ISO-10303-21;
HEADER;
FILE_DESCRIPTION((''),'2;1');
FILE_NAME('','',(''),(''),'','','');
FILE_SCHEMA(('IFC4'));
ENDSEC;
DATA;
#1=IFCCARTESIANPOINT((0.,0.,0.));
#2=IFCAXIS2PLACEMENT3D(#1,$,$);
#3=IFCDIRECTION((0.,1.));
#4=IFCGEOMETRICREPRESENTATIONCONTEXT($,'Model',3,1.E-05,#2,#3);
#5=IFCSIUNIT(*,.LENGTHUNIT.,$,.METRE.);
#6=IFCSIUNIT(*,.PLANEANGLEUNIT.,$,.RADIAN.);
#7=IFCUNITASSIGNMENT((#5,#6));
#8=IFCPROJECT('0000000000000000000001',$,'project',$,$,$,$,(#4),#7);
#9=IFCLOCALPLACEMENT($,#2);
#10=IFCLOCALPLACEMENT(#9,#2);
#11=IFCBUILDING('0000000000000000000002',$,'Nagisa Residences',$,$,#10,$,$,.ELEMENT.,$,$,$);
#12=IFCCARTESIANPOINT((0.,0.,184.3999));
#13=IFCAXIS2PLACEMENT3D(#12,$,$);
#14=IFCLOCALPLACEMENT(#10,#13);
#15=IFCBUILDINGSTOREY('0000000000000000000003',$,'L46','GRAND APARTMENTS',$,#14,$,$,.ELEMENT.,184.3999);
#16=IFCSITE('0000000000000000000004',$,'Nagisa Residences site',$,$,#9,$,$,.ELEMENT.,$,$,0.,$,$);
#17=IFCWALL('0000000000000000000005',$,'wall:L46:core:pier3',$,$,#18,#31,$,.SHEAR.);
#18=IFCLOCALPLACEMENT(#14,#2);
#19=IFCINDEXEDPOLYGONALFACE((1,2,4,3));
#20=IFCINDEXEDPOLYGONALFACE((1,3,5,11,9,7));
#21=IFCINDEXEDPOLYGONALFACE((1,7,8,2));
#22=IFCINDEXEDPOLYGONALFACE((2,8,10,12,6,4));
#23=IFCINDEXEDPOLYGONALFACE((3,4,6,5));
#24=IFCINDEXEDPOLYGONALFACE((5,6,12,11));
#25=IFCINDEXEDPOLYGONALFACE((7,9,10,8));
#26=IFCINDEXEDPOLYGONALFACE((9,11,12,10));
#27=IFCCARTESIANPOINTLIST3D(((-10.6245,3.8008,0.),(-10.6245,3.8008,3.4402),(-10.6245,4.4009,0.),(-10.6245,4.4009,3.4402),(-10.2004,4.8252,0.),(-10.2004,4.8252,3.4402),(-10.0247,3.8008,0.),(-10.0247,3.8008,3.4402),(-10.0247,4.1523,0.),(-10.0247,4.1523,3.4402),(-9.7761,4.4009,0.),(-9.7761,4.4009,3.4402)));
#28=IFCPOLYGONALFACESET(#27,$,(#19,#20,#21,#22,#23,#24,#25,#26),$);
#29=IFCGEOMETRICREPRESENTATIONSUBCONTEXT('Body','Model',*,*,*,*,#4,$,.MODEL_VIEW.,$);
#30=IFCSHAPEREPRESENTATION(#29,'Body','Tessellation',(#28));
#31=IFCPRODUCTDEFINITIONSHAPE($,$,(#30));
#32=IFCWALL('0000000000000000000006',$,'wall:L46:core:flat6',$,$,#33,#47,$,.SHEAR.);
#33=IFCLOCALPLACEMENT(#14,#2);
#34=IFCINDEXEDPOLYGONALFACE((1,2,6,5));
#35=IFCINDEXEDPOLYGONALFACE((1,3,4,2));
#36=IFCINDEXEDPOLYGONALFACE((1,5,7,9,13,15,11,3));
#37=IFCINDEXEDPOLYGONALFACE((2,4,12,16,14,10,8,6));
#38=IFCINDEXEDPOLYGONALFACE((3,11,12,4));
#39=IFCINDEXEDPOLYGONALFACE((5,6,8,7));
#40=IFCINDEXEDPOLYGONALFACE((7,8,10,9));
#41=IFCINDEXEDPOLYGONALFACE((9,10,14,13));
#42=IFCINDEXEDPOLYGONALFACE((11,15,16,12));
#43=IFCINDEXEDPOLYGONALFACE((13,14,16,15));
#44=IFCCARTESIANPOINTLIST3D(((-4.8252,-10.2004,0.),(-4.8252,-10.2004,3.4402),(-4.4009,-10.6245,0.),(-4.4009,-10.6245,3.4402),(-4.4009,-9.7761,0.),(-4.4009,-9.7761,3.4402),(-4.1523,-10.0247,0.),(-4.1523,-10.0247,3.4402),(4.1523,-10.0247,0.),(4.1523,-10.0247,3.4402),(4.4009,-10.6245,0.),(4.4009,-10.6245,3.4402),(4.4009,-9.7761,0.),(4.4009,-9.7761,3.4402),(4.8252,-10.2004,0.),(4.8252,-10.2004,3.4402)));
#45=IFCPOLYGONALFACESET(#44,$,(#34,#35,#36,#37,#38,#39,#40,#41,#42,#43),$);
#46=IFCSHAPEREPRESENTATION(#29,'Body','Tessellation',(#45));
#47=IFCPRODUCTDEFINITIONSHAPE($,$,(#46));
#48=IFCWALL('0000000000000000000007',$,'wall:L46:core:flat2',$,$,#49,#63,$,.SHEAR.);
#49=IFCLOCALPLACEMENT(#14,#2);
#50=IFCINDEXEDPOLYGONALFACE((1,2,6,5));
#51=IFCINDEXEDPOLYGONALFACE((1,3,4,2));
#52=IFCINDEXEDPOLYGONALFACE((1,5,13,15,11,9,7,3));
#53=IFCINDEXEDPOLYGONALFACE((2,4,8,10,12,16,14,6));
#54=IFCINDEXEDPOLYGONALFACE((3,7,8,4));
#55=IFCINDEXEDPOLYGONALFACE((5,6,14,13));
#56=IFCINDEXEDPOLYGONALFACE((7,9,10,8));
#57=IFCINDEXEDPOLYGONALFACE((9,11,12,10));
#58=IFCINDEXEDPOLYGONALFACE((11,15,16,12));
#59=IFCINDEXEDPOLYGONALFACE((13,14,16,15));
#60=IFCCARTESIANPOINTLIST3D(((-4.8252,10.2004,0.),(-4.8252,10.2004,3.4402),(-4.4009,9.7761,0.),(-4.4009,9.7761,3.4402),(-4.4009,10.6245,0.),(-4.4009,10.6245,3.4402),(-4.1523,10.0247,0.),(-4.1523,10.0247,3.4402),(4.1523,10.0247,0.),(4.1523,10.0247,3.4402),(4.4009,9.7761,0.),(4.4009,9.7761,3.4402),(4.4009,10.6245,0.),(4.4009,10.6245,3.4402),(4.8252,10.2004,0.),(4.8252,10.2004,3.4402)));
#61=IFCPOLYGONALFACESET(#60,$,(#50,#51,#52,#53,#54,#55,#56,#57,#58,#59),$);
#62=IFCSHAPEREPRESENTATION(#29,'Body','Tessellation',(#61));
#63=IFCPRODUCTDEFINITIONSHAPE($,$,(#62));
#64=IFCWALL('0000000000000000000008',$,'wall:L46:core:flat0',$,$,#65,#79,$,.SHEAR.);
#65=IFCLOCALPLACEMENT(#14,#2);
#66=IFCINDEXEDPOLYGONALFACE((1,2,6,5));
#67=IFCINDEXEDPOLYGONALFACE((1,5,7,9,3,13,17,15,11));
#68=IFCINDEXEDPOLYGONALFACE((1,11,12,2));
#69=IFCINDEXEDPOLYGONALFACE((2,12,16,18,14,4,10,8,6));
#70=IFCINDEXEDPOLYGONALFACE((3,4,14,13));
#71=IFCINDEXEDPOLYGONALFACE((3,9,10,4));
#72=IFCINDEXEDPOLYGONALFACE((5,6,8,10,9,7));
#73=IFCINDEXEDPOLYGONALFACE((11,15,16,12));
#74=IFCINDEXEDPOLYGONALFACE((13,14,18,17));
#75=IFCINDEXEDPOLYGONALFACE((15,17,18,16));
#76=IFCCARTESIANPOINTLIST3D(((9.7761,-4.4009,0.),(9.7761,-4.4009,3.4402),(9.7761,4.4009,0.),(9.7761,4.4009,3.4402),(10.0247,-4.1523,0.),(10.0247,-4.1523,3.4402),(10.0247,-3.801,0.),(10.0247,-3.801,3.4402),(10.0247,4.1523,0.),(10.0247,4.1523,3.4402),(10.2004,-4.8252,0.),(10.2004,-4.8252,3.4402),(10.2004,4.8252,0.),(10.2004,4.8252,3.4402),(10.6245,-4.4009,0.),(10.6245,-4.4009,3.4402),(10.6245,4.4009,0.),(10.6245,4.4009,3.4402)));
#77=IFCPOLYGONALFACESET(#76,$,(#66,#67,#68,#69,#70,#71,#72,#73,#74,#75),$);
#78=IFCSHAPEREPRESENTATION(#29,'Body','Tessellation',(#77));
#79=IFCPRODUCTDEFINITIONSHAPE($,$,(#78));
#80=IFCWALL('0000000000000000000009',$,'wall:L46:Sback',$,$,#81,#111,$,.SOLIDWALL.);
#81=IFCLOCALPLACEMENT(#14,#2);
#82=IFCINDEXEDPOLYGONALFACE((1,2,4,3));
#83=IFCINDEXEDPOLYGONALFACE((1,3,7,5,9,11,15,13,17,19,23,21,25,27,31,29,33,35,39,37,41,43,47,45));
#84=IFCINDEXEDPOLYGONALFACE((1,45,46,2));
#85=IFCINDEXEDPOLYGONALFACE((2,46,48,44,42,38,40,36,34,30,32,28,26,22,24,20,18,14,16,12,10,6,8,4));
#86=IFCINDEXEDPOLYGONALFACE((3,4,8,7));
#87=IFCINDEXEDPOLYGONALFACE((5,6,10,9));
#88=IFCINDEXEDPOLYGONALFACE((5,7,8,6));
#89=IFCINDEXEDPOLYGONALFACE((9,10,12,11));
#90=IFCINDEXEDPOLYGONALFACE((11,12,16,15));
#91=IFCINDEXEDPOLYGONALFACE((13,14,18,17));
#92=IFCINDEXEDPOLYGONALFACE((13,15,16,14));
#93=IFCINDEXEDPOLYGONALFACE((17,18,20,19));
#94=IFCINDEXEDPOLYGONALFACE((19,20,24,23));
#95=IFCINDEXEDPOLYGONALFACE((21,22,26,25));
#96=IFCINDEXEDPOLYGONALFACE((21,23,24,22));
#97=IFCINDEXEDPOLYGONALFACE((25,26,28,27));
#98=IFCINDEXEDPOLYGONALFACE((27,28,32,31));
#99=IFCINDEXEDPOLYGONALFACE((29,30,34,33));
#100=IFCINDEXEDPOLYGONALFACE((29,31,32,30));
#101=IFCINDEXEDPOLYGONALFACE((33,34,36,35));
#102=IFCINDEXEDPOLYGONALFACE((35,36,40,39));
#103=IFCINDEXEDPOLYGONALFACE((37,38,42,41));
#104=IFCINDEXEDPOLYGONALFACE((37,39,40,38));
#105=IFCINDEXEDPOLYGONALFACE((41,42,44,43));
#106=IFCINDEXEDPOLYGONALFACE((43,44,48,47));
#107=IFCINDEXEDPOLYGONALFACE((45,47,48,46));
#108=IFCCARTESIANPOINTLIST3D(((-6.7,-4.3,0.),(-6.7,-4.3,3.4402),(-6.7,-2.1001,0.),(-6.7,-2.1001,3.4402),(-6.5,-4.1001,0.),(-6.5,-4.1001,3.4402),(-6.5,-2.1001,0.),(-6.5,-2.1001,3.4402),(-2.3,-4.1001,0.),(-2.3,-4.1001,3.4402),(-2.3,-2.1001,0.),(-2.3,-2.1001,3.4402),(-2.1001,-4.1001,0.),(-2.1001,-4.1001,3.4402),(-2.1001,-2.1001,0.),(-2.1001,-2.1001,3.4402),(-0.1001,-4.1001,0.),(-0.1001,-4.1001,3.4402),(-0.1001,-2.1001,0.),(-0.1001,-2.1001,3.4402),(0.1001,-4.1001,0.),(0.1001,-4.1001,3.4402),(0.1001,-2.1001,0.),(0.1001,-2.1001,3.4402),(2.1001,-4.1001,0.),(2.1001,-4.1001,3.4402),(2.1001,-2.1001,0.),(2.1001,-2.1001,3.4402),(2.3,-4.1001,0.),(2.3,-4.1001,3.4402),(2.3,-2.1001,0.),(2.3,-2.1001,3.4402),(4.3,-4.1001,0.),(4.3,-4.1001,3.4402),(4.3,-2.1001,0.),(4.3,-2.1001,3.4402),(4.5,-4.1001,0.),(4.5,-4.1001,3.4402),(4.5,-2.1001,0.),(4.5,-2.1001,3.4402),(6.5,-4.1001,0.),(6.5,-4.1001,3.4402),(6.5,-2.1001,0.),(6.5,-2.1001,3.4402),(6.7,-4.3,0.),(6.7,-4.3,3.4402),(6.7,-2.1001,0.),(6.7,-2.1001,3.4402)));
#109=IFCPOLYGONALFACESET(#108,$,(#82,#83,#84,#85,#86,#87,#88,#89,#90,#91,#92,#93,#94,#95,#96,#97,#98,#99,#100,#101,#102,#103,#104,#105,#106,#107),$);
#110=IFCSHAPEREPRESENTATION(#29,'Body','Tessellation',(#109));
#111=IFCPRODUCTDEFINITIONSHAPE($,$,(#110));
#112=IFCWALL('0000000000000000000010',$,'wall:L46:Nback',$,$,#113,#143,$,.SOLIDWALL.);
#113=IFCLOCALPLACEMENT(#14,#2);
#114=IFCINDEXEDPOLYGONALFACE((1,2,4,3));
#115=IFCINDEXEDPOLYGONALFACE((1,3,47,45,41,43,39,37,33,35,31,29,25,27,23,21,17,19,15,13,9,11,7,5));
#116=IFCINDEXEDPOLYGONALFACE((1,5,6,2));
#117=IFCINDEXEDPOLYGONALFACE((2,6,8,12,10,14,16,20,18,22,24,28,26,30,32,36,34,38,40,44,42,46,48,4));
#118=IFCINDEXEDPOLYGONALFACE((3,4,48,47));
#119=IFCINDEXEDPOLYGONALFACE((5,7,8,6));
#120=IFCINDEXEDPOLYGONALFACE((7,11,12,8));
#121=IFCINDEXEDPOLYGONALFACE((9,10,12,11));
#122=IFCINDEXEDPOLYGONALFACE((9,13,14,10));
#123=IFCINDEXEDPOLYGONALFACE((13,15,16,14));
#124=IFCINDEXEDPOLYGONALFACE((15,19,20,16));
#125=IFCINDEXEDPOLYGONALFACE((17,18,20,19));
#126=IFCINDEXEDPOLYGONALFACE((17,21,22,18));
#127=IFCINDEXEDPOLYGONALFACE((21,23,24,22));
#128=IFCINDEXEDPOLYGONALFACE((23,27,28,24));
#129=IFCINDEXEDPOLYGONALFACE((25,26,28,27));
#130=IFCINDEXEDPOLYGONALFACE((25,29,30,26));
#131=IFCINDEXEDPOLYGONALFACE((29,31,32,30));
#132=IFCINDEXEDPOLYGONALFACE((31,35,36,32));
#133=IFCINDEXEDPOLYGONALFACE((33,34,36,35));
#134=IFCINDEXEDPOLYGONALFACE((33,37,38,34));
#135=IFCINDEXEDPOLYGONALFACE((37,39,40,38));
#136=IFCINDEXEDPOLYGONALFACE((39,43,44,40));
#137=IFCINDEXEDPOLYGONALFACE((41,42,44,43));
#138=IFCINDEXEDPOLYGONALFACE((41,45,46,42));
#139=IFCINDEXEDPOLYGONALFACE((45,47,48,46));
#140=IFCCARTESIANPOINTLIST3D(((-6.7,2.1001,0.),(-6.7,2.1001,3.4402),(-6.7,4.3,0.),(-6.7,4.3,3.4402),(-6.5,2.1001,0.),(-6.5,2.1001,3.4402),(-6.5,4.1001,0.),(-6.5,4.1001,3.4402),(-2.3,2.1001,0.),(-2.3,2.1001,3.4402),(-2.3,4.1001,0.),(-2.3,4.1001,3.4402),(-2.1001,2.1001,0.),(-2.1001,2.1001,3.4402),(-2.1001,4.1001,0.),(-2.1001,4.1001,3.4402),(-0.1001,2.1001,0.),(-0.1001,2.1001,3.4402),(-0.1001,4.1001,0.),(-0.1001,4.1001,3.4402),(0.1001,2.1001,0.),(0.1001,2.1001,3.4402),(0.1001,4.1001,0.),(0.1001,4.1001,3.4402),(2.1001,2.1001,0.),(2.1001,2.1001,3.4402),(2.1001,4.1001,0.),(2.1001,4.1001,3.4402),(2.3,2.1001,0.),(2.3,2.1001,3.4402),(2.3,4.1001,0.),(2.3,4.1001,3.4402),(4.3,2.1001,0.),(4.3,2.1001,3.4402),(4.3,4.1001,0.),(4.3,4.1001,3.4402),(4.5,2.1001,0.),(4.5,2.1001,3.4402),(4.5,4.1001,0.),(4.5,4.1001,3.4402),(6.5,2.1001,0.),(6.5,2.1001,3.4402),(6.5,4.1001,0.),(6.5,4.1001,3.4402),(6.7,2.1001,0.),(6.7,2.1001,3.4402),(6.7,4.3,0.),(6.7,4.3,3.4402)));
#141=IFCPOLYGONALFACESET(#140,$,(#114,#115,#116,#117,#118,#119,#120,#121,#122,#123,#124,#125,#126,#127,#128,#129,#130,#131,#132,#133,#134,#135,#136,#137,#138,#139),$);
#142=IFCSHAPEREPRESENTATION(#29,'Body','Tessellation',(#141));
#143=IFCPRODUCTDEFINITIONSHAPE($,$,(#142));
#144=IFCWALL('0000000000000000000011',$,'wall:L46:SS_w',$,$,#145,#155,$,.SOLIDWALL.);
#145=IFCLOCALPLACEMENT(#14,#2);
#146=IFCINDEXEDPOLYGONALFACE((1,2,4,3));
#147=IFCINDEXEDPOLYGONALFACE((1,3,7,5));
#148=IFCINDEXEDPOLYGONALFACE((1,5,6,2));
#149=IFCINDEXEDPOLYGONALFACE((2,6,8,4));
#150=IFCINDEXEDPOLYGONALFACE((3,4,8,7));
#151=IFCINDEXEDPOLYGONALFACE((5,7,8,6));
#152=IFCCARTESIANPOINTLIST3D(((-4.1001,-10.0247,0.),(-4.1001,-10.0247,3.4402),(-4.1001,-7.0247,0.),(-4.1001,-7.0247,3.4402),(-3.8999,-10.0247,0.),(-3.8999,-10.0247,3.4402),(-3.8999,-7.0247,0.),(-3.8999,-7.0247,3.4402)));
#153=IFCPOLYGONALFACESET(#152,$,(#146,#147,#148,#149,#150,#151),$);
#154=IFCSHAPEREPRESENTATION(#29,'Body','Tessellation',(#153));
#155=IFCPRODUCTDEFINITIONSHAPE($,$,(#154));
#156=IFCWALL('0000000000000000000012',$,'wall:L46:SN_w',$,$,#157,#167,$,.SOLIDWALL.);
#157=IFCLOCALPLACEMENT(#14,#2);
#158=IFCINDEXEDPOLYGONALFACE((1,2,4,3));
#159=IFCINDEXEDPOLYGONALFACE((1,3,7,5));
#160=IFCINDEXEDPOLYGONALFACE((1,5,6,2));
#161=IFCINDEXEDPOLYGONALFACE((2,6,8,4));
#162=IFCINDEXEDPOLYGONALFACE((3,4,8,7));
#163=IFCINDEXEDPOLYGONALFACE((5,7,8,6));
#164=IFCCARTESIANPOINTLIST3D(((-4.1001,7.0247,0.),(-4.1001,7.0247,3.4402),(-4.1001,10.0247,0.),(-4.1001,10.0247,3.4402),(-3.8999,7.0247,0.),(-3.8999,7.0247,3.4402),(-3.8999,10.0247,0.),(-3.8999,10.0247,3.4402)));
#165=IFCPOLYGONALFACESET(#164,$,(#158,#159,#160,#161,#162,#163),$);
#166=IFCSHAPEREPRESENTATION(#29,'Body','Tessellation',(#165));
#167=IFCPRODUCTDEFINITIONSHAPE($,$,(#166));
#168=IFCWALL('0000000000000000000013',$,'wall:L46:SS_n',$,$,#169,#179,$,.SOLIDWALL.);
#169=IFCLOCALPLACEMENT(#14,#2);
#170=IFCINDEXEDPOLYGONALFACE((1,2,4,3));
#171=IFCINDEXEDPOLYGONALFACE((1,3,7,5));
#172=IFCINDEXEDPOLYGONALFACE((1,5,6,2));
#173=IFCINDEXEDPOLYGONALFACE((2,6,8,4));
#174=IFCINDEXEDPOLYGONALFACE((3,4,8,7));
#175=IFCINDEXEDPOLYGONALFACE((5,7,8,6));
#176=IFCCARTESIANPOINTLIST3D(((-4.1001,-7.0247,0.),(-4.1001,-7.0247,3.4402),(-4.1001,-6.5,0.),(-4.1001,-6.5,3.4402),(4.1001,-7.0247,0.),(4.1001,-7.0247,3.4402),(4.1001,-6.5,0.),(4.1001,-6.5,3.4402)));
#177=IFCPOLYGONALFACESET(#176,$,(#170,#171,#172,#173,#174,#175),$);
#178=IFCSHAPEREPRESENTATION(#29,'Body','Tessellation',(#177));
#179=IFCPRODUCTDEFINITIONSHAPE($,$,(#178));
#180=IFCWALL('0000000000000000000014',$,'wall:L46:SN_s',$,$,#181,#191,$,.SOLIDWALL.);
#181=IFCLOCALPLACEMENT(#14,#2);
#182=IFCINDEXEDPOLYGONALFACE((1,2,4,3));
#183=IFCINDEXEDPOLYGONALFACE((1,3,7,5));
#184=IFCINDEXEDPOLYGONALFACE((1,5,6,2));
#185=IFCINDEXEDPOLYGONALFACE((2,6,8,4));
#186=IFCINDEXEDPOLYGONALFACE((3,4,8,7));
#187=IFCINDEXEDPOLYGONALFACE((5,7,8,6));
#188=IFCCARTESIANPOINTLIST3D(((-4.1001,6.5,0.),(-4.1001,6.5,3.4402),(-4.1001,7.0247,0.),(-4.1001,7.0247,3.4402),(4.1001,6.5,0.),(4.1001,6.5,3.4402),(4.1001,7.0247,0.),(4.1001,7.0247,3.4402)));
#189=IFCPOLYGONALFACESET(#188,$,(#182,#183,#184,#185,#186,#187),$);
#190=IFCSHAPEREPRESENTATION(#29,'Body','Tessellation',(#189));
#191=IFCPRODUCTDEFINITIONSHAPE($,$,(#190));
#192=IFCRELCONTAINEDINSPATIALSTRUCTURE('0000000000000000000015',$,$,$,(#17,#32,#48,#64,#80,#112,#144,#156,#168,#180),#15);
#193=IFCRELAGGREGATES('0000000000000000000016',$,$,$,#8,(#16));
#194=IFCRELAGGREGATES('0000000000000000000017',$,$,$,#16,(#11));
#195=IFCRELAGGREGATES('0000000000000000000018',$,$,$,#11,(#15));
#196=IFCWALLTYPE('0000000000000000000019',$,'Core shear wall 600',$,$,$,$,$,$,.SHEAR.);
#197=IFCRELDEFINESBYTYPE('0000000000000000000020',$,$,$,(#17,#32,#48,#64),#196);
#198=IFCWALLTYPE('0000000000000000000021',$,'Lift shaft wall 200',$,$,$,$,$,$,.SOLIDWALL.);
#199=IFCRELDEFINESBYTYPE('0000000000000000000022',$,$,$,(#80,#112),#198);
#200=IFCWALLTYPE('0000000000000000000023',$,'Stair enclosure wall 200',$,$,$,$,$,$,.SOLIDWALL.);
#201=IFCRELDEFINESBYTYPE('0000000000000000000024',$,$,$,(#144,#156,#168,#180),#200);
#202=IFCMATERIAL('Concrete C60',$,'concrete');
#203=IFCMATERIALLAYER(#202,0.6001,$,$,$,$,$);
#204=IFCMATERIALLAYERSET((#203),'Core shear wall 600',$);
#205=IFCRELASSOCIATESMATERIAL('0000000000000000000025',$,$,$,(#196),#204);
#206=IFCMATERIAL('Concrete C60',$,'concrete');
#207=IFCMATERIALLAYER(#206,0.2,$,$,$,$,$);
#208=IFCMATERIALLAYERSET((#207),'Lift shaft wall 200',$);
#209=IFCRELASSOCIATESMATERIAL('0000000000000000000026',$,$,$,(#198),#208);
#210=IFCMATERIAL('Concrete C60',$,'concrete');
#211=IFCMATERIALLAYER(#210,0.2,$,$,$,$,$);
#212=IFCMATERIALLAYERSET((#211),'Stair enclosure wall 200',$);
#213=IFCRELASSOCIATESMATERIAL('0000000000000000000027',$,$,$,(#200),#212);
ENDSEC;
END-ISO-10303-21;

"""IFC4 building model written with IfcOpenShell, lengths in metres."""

from ifc_helpers import new_model, si_unit, direction, frame, origin, place, context, subcontext, project, spatial, polyline, outline, extrude, material, layer, layer_set, type_object, element, save


model = new_model("IFC4")

# Units and contexts
model_context = context("Model", 3, precision=1e-05, world=origin(), true_north=direction((0.0, 1.0)))
body_context = subcontext(model_context, "Body", "Model", "MODEL_VIEW")
ifc_project = project(units=[si_unit("LENGTHUNIT", "METRE"), si_unit("PLANEANGLEUNIT", "RADIAN")], contexts=[model_context])

# Site, building, storey
site_placement = place(None, origin())
site = spatial("IfcSite", under=ifc_project, at=site_placement, Name="Nagisa Residences site", CompositionType="ELEMENT", RefElevation=0.0)
building_placement = place(site_placement, origin())
building = spatial("IfcBuilding", under=site, at=building_placement, Name="Nagisa Residences", CompositionType="ELEMENT")
storey_placement = place(building_placement, frame((0.0, 0.0, 184.3999)))
storey = spatial("IfcBuildingStorey", under=building, at=storey_placement, Name="L46", Description="GRAND APARTMENTS", CompositionType="ELEMENT", Elevation=184.3999)

# Walls
ifc_material_1 = material(Name="Concrete C60", Category="concrete")
ifc_layer_1 = layer(ifc_material_1, 0.6001)
ifc_layer_set_1 = layer_set([ifc_layer_1], Name="Core shear wall 600")
wall_type_1 = type_object("IfcWallType", Name="Core shear wall 600", PredefinedType="SHEAR", material=ifc_layer_set_1)
wall_1_placement = place(storey_placement, origin())
element("IfcWall", 1, at=wall_1_placement, inside=storey, type_object=wall_type_1, Name="wall:L46:core:pier3", PredefinedType="SHEAR", context=body_context, shape_type="SweptSolid", body=[
    extrude(outline(polyline([(-10.2004, 4.8252), (-9.7761, 4.4009), (-10.0247, 4.1523), (-10.0247, 3.8008), (-10.6245, 3.8008), (-10.6245, 4.4009), (-10.2004, 4.8252)])), origin(), (0.0, 0.0, 1.0), 3.4402),
])
wall_2_placement = place(storey_placement, origin())
element("IfcWall", 2, at=wall_2_placement, inside=storey, type_object=wall_type_1, Name="wall:L46:core:flat6", PredefinedType="SHEAR", context=body_context, shape_type="SweptSolid", body=[
    extrude(outline(polyline([(-4.1523, -10.0247), (4.1523, -10.0247), (4.4009, -9.7761), (4.8252, -10.2004), (4.4009, -10.6245), (-4.4009, -10.6245), (-4.8252, -10.2004), (-4.4009, -9.7761), (-4.1523, -10.0247)])), origin(), (0.0, 0.0, 1.0), 3.4402),
])
wall_3_placement = place(storey_placement, origin())
element("IfcWall", 3, at=wall_3_placement, inside=storey, type_object=wall_type_1, Name="wall:L46:core:flat2", PredefinedType="SHEAR", context=body_context, shape_type="SweptSolid", body=[
    extrude(outline(polyline([(-4.1523, 10.0247), (-4.4009, 9.7761), (-4.8252, 10.2004), (-4.4009, 10.6245), (4.4009, 10.6245), (4.8252, 10.2004), (4.4009, 9.7761), (4.1523, 10.0247), (-4.1523, 10.0247)])), origin(), (0.0, 0.0, 1.0), 3.4402),
])
wall_4_placement = place(storey_placement, origin())
element("IfcWall", 4, at=wall_4_placement, inside=storey, type_object=wall_type_1, Name="wall:L46:core:flat0", PredefinedType="SHEAR", context=body_context, shape_type="SweptSolid", body=[
    extrude(outline(polyline([(9.7761, -4.4009), (10.0247, -4.1523), (10.0247, -3.801), (10.0247, 4.1523), (9.7761, 4.4009), (10.2004, 4.8252), (10.6245, 4.4009), (10.6245, -4.4009), (10.2004, -4.8252), (9.7761, -4.4009)])), origin(), (0.0, 0.0, 1.0), 3.4402),
])
ifc_material_2 = material(Name="Concrete C60", Category="concrete")
ifc_layer_2 = layer(ifc_material_2, 0.2)
ifc_layer_set_2 = layer_set([ifc_layer_2], Name="Lift shaft wall 200")
wall_type_2 = type_object("IfcWallType", Name="Lift shaft wall 200", PredefinedType="SOLIDWALL", material=ifc_layer_set_2)
wall_5_placement = place(storey_placement, origin())
element("IfcWall", 5, at=wall_5_placement, inside=storey, type_object=wall_type_2, Name="wall:L46:Sback", PredefinedType="SOLIDWALL", context=body_context, shape_type="SweptSolid", body=[
    extrude(outline(polyline([(-6.7, -2.1001), (-6.5, -2.1001), (-6.5, -4.1001), (-2.3, -4.1001), (-2.3, -2.1001), (-2.1001, -2.1001), (-2.1001, -4.1001), (-0.1001, -4.1001), (-0.1001, -2.1001), (0.1001, -2.1001), (0.1001, -4.1001), (2.1001, -4.1001), (2.1001, -2.1001), (2.3, -2.1001), (2.3, -4.1001), (4.3, -4.1001), (4.3, -2.1001), (4.5, -2.1001), (4.5, -4.1001), (6.5, -4.1001), (6.5, -2.1001), (6.7, -2.1001), (6.7, -4.3), (-6.7, -4.3), (-6.7, -2.1001)])), origin(), (0.0, 0.0, 1.0), 3.4402),
])
wall_6_placement = place(storey_placement, origin())
element("IfcWall", 6, at=wall_6_placement, inside=storey, type_object=wall_type_2, Name="wall:L46:Nback", PredefinedType="SOLIDWALL", context=body_context, shape_type="SweptSolid", body=[
    extrude(outline(polyline([(-6.7, 4.3), (6.7, 4.3), (6.7, 2.1001), (6.5, 2.1001), (6.5, 4.1001), (4.5, 4.1001), (4.5, 2.1001), (4.3, 2.1001), (4.3, 4.1001), (2.3, 4.1001), (2.3, 2.1001), (2.1001, 2.1001), (2.1001, 4.1001), (0.1001, 4.1001), (0.1001, 2.1001), (-0.1001, 2.1001), (-0.1001, 4.1001), (-2.1001, 4.1001), (-2.1001, 2.1001), (-2.3, 2.1001), (-2.3, 4.1001), (-6.5, 4.1001), (-6.5, 2.1001), (-6.7, 2.1001), (-6.7, 4.3)])), origin(), (0.0, 0.0, 1.0), 3.4402),
])
ifc_material_3 = material(Name="Concrete C60", Category="concrete")
ifc_layer_3 = layer(ifc_material_3, 0.2)
ifc_layer_set_3 = layer_set([ifc_layer_3], Name="Stair enclosure wall 200")
wall_type_3 = type_object("IfcWallType", Name="Stair enclosure wall 200", PredefinedType="SOLIDWALL", material=ifc_layer_set_3)
wall_7_placement = place(storey_placement, origin())
element("IfcWall", 7, at=wall_7_placement, inside=storey, type_object=wall_type_3, Name="wall:L46:SS_w", PredefinedType="SOLIDWALL", context=body_context, shape_type="SweptSolid", body=[
    extrude(outline(polyline([(-3.8999, -10.0247), (-4.1001, -10.0247), (-4.1001, -7.0247), (-3.8999, -7.0247), (-3.8999, -10.0247)])), origin(), (0.0, 0.0, 1.0), 3.4402),
])
wall_8_placement = place(storey_placement, origin())
element("IfcWall", 8, at=wall_8_placement, inside=storey, type_object=wall_type_3, Name="wall:L46:SN_w", PredefinedType="SOLIDWALL", context=body_context, shape_type="SweptSolid", body=[
    extrude(outline(polyline([(-3.8999, 7.0247), (-4.1001, 7.0247), (-4.1001, 10.0247), (-3.8999, 10.0247), (-3.8999, 7.0247)])), origin(), (0.0, 0.0, 1.0), 3.4402),
])
wall_9_placement = place(storey_placement, origin())
element("IfcWall", 9, at=wall_9_placement, inside=storey, type_object=wall_type_3, Name="wall:L46:SS_n", PredefinedType="SOLIDWALL", context=body_context, shape_type="SweptSolid", body=[
    extrude(outline(polyline([(4.1001, -7.0247), (-4.1001, -7.0247), (-4.1001, -6.5), (4.1001, -6.5), (4.1001, -7.0247)])), origin(), (0.0, 0.0, 1.0), 3.4402),
])
wall_10_placement = place(storey_placement, origin())
element("IfcWall", 10, at=wall_10_placement, inside=storey, type_object=wall_type_3, Name="wall:L46:SN_s", PredefinedType="SOLIDWALL", context=body_context, shape_type="SweptSolid", body=[
    extrude(outline(polyline([(4.1001, 6.5), (-4.1001, 6.5), (-4.1001, 7.0247), (4.1001, 7.0247), (4.1001, 6.5)])), origin(), (0.0, 0.0, 1.0), 3.4402),
])

save(model, "model.ifc")
